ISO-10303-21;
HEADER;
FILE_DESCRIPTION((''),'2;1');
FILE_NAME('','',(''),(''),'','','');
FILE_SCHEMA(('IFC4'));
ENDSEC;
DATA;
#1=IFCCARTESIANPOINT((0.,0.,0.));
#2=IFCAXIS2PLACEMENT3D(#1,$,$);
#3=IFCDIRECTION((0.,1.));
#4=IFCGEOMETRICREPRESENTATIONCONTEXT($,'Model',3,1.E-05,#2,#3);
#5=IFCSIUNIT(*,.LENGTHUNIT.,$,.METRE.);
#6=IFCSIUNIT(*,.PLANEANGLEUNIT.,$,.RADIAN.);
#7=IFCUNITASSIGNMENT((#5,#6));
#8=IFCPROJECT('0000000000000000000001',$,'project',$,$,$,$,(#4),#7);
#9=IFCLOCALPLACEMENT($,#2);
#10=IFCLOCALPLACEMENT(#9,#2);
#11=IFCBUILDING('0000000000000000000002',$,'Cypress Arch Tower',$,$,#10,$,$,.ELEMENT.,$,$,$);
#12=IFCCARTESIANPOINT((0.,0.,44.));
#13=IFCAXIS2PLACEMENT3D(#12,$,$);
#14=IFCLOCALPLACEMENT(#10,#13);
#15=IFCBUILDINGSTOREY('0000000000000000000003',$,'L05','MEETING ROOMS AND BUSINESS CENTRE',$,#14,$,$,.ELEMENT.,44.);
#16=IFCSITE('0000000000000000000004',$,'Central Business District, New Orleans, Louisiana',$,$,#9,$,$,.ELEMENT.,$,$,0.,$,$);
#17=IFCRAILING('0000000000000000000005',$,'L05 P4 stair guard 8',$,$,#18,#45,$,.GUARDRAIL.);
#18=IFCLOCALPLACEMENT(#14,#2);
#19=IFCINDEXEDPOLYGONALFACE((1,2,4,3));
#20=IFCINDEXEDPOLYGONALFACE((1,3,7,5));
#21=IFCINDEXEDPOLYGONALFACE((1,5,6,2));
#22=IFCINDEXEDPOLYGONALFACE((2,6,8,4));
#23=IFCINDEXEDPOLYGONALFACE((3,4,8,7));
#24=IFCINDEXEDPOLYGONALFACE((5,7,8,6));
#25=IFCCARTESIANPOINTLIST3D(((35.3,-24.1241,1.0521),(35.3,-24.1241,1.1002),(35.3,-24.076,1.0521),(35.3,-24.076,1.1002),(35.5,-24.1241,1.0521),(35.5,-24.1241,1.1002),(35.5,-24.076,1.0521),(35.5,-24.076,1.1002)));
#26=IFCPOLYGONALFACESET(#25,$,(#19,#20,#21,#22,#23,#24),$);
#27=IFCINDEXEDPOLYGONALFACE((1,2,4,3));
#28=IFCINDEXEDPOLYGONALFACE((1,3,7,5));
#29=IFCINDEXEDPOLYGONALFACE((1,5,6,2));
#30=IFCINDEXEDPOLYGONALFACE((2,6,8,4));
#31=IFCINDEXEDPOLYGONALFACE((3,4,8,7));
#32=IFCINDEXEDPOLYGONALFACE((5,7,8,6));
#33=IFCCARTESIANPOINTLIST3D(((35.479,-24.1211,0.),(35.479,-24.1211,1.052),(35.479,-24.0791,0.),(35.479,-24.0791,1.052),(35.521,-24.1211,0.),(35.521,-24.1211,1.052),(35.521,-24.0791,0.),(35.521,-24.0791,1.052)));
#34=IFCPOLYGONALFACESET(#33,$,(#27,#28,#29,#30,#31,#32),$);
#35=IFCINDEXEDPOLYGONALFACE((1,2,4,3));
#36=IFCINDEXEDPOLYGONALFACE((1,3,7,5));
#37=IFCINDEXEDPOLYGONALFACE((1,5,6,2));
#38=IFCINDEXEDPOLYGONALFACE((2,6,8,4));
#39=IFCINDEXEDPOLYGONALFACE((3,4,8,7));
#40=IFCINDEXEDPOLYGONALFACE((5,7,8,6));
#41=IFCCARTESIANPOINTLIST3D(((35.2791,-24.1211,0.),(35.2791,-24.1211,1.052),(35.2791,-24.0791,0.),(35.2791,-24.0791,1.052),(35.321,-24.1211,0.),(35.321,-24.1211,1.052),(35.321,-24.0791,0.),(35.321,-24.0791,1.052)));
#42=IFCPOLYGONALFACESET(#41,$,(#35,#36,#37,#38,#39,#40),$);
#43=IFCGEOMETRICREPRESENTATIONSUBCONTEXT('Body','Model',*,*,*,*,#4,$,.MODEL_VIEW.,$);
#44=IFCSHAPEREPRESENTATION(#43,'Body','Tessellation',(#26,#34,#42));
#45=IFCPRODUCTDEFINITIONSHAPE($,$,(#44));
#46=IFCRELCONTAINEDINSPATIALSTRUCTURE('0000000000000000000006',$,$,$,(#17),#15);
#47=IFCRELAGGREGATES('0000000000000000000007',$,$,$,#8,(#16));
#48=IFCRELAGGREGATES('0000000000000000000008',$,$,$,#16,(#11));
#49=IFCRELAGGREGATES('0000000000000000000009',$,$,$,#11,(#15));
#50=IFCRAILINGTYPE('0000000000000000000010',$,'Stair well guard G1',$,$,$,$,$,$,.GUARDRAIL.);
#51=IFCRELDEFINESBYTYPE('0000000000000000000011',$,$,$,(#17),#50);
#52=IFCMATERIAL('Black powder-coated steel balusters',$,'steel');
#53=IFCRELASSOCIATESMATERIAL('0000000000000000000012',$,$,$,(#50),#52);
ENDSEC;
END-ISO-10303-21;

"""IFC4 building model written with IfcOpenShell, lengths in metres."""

from ifc_helpers import new_model, si_unit, direction, frame, origin, origin_2d, place, context, subcontext, project, spatial, rectangle, extrude, material, type_object, element, save


model = new_model("IFC4")

# Units and contexts
model_context = context("Model", 3, precision=1e-05, world=origin(), true_north=direction((0.0, 1.0)))
body_context = subcontext(model_context, "Body", "Model", "MODEL_VIEW")
ifc_project = project(units=[si_unit("LENGTHUNIT", "METRE"), si_unit("PLANEANGLEUNIT", "RADIAN")], contexts=[model_context])

# Site, building, storey
site_placement = place(None, origin())
site = spatial("IfcSite", under=ifc_project, at=site_placement, Name="Central Business District, New Orleans, Louisiana", CompositionType="ELEMENT", RefElevation=0.0)
building_placement = place(site_placement, origin())
building = spatial("IfcBuilding", under=site, at=building_placement, Name="Cypress Arch Tower", CompositionType="ELEMENT")
storey_placement = place(building_placement, frame((0.0, 0.0, 44.0)))
storey = spatial("IfcBuildingStorey", under=building, at=storey_placement, Name="L05", Description="MEETING ROOMS AND BUSINESS CENTRE", CompositionType="ELEMENT", Elevation=44.0)

# Railing
ifc_material_1 = material(Name="Black powder-coated steel balusters", Category="steel")
railing_type_1 = type_object("IfcRailingType", Name="Stair well guard G1", PredefinedType="GUARDRAIL", material=ifc_material_1)
railing_1_placement = place(storey_placement, frame((35.5, -24.1001, 0.0)))
element("IfcRailing", 1, at=railing_1_placement, inside=storey, type_object=railing_type_1, Name="L05 P4 stair guard 8", PredefinedType="GUARDRAIL", context=body_context, shape_type="SweptSolid", body=[
    extrude(rectangle(XDim=0.0481, YDim=0.0481, at=origin_2d()), frame((0.0, 0.0, 1.0762), z_axis=(-1.0, 0.0, 0.0), x_axis=(0.0, -1.0, 0.0)), (0.0, 0.0, 1.0), 0.2),
    extrude(rectangle(XDim=0.042, YDim=0.042, at=origin_2d()), origin(), (0.0, 0.0, 1.0), 1.052),
    extrude(rectangle(XDim=0.042, YDim=0.042, at=origin_2d()), frame((-0.2, 0.0, 0.0)), (0.0, 0.0, 1.0), 1.052),
])

save(model, "model.ifc")
